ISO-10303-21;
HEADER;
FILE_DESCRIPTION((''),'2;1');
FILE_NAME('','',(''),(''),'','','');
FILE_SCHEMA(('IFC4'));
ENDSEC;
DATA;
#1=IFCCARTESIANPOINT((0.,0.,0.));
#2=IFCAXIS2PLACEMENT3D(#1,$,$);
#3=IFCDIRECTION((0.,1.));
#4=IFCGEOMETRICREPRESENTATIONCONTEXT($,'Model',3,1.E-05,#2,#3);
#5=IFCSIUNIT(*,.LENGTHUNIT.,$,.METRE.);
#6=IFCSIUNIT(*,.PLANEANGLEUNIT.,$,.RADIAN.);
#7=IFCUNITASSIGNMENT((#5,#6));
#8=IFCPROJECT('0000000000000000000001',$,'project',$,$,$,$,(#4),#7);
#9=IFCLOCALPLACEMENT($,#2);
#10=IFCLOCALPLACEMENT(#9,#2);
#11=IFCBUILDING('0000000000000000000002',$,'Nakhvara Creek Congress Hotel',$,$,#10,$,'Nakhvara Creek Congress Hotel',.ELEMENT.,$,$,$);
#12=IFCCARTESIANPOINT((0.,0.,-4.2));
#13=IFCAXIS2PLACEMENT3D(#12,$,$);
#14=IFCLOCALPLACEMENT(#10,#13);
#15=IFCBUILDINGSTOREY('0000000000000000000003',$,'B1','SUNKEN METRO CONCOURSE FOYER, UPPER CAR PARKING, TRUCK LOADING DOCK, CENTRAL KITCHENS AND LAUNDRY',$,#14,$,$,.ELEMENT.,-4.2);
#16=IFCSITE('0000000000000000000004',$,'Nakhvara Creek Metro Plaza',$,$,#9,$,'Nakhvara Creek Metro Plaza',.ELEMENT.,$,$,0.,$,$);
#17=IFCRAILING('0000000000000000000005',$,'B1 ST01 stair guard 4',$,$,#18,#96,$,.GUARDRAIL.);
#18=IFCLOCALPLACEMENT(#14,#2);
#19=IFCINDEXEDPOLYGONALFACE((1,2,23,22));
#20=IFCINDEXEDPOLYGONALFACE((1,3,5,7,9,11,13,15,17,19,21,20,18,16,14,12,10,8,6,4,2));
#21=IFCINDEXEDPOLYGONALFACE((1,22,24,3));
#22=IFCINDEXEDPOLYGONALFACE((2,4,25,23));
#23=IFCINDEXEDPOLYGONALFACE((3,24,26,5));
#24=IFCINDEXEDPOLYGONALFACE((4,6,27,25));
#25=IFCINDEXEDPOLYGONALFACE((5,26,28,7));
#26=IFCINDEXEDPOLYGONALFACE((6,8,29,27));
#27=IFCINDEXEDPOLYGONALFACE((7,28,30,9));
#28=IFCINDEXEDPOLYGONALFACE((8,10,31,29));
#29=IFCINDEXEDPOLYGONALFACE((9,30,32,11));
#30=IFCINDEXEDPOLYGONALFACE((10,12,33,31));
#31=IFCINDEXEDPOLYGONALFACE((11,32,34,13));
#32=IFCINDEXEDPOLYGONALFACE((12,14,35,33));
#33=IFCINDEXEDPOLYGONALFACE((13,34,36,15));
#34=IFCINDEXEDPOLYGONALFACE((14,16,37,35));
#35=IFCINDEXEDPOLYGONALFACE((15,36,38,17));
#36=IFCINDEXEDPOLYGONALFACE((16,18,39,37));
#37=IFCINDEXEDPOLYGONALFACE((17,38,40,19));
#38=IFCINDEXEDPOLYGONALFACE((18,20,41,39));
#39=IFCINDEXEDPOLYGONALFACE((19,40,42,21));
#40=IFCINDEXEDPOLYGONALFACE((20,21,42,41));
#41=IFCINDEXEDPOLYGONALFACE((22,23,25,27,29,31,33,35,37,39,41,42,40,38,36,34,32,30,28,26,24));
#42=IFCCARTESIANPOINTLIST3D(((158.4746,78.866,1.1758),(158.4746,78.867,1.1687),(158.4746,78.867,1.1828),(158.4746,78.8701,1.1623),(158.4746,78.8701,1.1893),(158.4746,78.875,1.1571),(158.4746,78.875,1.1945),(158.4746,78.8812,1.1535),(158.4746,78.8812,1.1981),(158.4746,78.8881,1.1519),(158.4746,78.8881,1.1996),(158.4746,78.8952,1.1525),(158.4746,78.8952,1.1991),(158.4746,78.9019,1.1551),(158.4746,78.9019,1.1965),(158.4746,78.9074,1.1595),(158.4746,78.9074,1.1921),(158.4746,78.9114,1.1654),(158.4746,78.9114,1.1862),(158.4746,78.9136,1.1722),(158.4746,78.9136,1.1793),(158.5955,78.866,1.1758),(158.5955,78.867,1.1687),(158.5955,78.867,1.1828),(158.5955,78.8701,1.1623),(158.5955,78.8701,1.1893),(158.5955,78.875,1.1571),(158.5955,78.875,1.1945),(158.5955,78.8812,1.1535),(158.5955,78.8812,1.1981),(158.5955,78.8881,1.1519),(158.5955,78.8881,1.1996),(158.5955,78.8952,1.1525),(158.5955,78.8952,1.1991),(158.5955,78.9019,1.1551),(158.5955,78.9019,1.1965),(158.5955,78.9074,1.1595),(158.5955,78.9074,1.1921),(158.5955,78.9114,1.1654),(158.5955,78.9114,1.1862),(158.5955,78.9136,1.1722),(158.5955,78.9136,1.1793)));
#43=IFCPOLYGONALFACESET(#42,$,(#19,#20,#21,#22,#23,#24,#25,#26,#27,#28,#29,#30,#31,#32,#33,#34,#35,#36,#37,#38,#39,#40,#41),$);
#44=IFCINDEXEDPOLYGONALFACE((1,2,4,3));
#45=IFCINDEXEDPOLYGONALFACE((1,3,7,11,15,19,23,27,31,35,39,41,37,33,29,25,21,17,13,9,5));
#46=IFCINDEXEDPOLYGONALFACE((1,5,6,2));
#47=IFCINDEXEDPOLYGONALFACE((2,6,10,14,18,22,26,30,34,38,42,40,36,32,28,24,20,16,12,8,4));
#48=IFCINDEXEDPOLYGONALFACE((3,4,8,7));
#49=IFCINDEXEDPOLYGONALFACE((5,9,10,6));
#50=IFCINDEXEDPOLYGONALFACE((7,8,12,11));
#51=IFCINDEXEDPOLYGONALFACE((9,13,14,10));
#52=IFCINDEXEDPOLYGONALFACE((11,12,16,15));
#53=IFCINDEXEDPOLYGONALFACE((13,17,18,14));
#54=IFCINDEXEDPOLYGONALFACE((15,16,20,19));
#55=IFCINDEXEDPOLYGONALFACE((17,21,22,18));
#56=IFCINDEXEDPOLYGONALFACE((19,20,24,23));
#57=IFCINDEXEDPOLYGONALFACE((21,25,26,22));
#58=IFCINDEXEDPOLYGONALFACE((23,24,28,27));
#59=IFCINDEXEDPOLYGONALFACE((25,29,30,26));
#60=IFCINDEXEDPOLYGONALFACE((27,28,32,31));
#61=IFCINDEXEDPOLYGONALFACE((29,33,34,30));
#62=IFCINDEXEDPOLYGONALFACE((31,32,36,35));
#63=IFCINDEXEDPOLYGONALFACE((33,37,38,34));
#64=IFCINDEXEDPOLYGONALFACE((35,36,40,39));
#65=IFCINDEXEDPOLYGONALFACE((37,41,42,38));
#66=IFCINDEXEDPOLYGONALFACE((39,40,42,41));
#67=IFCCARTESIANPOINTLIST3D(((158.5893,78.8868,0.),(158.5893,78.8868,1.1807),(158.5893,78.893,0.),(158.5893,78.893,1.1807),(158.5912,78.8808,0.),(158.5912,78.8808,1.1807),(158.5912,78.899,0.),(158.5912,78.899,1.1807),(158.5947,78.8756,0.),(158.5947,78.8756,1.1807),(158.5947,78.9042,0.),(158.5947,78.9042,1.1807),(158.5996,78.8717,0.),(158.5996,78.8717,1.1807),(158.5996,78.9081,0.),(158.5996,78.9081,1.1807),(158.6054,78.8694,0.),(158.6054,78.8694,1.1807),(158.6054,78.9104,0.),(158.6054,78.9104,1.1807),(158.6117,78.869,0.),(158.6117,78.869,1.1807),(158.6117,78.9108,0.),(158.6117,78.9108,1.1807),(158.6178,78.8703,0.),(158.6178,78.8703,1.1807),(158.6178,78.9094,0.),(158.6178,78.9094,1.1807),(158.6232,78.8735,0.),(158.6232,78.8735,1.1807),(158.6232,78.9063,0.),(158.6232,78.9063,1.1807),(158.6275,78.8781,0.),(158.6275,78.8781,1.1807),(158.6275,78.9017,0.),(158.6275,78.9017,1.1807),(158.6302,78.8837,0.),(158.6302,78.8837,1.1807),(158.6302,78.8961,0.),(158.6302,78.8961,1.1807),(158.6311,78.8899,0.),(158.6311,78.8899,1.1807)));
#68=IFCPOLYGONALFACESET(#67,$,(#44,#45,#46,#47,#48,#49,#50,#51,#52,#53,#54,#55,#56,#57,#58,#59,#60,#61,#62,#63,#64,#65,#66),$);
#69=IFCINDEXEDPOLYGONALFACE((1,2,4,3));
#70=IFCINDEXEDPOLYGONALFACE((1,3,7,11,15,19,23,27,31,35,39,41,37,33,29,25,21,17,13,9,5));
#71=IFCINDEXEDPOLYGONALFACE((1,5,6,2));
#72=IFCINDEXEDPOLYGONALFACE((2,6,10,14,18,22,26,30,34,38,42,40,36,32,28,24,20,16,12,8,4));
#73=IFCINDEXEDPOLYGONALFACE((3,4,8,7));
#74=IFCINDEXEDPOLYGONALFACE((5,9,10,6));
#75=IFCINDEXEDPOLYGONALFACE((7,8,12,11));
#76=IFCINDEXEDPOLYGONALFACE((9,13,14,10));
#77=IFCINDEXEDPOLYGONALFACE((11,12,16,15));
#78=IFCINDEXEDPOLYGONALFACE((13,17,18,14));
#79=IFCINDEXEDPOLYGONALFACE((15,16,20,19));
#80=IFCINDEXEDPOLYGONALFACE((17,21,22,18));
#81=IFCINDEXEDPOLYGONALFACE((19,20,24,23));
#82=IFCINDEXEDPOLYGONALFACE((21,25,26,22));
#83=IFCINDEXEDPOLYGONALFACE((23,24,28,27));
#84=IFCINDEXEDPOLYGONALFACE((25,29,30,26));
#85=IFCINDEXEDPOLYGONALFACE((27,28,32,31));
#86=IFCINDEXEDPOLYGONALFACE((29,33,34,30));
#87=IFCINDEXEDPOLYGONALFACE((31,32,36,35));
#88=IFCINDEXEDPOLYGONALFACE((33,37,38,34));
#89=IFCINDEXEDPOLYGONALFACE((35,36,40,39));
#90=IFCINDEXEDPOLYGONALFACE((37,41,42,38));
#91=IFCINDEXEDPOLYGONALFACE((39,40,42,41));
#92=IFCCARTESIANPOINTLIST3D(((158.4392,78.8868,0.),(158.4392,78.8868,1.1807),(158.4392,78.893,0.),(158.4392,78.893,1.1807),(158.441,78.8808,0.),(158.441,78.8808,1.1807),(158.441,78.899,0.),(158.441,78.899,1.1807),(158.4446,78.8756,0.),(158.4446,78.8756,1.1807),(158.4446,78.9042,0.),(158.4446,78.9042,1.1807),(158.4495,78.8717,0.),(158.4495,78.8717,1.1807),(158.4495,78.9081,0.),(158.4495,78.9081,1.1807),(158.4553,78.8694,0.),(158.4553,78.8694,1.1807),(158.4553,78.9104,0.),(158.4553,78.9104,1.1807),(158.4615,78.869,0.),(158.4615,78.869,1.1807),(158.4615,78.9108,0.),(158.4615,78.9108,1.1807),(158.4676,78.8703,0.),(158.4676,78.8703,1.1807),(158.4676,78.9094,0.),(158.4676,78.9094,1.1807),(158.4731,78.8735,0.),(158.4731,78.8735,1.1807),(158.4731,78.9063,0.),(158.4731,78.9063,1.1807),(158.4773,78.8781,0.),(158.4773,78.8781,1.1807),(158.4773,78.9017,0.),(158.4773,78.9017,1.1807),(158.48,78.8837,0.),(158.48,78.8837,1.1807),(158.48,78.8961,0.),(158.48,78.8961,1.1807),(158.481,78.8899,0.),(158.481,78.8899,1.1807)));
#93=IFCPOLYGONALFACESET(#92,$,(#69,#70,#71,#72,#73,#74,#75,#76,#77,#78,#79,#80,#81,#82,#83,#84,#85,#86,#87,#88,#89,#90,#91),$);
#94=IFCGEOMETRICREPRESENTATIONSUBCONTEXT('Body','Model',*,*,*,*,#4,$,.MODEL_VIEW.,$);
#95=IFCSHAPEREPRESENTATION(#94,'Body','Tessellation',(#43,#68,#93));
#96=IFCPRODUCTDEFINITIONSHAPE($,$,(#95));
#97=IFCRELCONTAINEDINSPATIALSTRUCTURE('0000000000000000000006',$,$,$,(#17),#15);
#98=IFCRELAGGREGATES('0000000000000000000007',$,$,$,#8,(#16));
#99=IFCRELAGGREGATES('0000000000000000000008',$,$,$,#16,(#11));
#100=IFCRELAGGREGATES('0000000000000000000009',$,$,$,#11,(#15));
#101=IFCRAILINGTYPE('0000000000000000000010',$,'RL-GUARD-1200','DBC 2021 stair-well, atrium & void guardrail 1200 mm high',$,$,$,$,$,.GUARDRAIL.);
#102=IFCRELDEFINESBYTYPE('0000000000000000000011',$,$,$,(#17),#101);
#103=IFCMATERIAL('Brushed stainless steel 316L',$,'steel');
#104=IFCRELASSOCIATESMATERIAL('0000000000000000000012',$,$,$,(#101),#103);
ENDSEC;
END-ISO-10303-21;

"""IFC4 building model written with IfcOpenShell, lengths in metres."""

from ifc_helpers import new_model, si_unit, direction, frame, origin, origin_2d, place, context, subcontext, project, spatial, circle, extrude, material, type_object, element, save


model = new_model("IFC4")

# Units and contexts
model_context = context("Model", 3, precision=1e-05, world=origin(), true_north=direction((0.0, 1.0)))
body_context = subcontext(model_context, "Body", "Model", "MODEL_VIEW")
ifc_project = project(units=[si_unit("LENGTHUNIT", "METRE"), si_unit("PLANEANGLEUNIT", "RADIAN")], contexts=[model_context])

# Site, building, storey
site_placement = place(None, origin())
site = spatial("IfcSite", under=ifc_project, at=site_placement, Name="Nakhvara Creek Metro Plaza", LongName="Nakhvara Creek Metro Plaza", CompositionType="ELEMENT", RefElevation=0.0)
building_placement = place(site_placement, origin())
building = spatial("IfcBuilding", under=site, at=building_placement, Name="Nakhvara Creek Congress Hotel", LongName="Nakhvara Creek Congress Hotel", CompositionType="ELEMENT")
storey_placement = place(building_placement, frame((0.0, 0.0, -4.2)))
storey = spatial("IfcBuildingStorey", under=building, at=storey_placement, Name="B1", Description="SUNKEN METRO CONCOURSE FOYER, UPPER CAR PARKING, TRUCK LOADING DOCK, CENTRAL KITCHENS AND LAUNDRY", CompositionType="ELEMENT", Elevation=-4.2)

# Railing
ifc_material_1 = material(Name="Brushed stainless steel 316L", Category="steel")
railing_type_1 = type_object("IfcRailingType", Name="RL-GUARD-1200", Description="DBC 2021 stair-well, atrium & void guardrail 1200 mm high", PredefinedType="GUARDRAIL", material=ifc_material_1)
railing_1_placement = place(storey_placement, frame((158.6101, 78.8899, 0.0)))
element("IfcRailing", 1, at=railing_1_placement, inside=storey, type_object=railing_type_1, Name="B1 ST01 stair guard 4", PredefinedType="GUARDRAIL", context=body_context, shape_type="SweptSolid", body=[
    extrude(circle(Radius=0.0239, at=origin_2d()), frame((-0.0146, 0.0, 1.1758), z_axis=(-1.0, 0.0, 0.0), x_axis=(0.0, -1.0, 0.0)), (0.0, 0.0, 1.0), 0.1208),
    extrude(circle(Radius=0.021, at=origin_2d()), origin(), (0.0, 0.0, 1.0), 1.1807),
    extrude(circle(Radius=0.021, at=origin_2d()), frame((-0.1501, 0.0, 0.0)), (0.0, 0.0, 1.0), 1.1807),
])

save(model, "model.ifc")
